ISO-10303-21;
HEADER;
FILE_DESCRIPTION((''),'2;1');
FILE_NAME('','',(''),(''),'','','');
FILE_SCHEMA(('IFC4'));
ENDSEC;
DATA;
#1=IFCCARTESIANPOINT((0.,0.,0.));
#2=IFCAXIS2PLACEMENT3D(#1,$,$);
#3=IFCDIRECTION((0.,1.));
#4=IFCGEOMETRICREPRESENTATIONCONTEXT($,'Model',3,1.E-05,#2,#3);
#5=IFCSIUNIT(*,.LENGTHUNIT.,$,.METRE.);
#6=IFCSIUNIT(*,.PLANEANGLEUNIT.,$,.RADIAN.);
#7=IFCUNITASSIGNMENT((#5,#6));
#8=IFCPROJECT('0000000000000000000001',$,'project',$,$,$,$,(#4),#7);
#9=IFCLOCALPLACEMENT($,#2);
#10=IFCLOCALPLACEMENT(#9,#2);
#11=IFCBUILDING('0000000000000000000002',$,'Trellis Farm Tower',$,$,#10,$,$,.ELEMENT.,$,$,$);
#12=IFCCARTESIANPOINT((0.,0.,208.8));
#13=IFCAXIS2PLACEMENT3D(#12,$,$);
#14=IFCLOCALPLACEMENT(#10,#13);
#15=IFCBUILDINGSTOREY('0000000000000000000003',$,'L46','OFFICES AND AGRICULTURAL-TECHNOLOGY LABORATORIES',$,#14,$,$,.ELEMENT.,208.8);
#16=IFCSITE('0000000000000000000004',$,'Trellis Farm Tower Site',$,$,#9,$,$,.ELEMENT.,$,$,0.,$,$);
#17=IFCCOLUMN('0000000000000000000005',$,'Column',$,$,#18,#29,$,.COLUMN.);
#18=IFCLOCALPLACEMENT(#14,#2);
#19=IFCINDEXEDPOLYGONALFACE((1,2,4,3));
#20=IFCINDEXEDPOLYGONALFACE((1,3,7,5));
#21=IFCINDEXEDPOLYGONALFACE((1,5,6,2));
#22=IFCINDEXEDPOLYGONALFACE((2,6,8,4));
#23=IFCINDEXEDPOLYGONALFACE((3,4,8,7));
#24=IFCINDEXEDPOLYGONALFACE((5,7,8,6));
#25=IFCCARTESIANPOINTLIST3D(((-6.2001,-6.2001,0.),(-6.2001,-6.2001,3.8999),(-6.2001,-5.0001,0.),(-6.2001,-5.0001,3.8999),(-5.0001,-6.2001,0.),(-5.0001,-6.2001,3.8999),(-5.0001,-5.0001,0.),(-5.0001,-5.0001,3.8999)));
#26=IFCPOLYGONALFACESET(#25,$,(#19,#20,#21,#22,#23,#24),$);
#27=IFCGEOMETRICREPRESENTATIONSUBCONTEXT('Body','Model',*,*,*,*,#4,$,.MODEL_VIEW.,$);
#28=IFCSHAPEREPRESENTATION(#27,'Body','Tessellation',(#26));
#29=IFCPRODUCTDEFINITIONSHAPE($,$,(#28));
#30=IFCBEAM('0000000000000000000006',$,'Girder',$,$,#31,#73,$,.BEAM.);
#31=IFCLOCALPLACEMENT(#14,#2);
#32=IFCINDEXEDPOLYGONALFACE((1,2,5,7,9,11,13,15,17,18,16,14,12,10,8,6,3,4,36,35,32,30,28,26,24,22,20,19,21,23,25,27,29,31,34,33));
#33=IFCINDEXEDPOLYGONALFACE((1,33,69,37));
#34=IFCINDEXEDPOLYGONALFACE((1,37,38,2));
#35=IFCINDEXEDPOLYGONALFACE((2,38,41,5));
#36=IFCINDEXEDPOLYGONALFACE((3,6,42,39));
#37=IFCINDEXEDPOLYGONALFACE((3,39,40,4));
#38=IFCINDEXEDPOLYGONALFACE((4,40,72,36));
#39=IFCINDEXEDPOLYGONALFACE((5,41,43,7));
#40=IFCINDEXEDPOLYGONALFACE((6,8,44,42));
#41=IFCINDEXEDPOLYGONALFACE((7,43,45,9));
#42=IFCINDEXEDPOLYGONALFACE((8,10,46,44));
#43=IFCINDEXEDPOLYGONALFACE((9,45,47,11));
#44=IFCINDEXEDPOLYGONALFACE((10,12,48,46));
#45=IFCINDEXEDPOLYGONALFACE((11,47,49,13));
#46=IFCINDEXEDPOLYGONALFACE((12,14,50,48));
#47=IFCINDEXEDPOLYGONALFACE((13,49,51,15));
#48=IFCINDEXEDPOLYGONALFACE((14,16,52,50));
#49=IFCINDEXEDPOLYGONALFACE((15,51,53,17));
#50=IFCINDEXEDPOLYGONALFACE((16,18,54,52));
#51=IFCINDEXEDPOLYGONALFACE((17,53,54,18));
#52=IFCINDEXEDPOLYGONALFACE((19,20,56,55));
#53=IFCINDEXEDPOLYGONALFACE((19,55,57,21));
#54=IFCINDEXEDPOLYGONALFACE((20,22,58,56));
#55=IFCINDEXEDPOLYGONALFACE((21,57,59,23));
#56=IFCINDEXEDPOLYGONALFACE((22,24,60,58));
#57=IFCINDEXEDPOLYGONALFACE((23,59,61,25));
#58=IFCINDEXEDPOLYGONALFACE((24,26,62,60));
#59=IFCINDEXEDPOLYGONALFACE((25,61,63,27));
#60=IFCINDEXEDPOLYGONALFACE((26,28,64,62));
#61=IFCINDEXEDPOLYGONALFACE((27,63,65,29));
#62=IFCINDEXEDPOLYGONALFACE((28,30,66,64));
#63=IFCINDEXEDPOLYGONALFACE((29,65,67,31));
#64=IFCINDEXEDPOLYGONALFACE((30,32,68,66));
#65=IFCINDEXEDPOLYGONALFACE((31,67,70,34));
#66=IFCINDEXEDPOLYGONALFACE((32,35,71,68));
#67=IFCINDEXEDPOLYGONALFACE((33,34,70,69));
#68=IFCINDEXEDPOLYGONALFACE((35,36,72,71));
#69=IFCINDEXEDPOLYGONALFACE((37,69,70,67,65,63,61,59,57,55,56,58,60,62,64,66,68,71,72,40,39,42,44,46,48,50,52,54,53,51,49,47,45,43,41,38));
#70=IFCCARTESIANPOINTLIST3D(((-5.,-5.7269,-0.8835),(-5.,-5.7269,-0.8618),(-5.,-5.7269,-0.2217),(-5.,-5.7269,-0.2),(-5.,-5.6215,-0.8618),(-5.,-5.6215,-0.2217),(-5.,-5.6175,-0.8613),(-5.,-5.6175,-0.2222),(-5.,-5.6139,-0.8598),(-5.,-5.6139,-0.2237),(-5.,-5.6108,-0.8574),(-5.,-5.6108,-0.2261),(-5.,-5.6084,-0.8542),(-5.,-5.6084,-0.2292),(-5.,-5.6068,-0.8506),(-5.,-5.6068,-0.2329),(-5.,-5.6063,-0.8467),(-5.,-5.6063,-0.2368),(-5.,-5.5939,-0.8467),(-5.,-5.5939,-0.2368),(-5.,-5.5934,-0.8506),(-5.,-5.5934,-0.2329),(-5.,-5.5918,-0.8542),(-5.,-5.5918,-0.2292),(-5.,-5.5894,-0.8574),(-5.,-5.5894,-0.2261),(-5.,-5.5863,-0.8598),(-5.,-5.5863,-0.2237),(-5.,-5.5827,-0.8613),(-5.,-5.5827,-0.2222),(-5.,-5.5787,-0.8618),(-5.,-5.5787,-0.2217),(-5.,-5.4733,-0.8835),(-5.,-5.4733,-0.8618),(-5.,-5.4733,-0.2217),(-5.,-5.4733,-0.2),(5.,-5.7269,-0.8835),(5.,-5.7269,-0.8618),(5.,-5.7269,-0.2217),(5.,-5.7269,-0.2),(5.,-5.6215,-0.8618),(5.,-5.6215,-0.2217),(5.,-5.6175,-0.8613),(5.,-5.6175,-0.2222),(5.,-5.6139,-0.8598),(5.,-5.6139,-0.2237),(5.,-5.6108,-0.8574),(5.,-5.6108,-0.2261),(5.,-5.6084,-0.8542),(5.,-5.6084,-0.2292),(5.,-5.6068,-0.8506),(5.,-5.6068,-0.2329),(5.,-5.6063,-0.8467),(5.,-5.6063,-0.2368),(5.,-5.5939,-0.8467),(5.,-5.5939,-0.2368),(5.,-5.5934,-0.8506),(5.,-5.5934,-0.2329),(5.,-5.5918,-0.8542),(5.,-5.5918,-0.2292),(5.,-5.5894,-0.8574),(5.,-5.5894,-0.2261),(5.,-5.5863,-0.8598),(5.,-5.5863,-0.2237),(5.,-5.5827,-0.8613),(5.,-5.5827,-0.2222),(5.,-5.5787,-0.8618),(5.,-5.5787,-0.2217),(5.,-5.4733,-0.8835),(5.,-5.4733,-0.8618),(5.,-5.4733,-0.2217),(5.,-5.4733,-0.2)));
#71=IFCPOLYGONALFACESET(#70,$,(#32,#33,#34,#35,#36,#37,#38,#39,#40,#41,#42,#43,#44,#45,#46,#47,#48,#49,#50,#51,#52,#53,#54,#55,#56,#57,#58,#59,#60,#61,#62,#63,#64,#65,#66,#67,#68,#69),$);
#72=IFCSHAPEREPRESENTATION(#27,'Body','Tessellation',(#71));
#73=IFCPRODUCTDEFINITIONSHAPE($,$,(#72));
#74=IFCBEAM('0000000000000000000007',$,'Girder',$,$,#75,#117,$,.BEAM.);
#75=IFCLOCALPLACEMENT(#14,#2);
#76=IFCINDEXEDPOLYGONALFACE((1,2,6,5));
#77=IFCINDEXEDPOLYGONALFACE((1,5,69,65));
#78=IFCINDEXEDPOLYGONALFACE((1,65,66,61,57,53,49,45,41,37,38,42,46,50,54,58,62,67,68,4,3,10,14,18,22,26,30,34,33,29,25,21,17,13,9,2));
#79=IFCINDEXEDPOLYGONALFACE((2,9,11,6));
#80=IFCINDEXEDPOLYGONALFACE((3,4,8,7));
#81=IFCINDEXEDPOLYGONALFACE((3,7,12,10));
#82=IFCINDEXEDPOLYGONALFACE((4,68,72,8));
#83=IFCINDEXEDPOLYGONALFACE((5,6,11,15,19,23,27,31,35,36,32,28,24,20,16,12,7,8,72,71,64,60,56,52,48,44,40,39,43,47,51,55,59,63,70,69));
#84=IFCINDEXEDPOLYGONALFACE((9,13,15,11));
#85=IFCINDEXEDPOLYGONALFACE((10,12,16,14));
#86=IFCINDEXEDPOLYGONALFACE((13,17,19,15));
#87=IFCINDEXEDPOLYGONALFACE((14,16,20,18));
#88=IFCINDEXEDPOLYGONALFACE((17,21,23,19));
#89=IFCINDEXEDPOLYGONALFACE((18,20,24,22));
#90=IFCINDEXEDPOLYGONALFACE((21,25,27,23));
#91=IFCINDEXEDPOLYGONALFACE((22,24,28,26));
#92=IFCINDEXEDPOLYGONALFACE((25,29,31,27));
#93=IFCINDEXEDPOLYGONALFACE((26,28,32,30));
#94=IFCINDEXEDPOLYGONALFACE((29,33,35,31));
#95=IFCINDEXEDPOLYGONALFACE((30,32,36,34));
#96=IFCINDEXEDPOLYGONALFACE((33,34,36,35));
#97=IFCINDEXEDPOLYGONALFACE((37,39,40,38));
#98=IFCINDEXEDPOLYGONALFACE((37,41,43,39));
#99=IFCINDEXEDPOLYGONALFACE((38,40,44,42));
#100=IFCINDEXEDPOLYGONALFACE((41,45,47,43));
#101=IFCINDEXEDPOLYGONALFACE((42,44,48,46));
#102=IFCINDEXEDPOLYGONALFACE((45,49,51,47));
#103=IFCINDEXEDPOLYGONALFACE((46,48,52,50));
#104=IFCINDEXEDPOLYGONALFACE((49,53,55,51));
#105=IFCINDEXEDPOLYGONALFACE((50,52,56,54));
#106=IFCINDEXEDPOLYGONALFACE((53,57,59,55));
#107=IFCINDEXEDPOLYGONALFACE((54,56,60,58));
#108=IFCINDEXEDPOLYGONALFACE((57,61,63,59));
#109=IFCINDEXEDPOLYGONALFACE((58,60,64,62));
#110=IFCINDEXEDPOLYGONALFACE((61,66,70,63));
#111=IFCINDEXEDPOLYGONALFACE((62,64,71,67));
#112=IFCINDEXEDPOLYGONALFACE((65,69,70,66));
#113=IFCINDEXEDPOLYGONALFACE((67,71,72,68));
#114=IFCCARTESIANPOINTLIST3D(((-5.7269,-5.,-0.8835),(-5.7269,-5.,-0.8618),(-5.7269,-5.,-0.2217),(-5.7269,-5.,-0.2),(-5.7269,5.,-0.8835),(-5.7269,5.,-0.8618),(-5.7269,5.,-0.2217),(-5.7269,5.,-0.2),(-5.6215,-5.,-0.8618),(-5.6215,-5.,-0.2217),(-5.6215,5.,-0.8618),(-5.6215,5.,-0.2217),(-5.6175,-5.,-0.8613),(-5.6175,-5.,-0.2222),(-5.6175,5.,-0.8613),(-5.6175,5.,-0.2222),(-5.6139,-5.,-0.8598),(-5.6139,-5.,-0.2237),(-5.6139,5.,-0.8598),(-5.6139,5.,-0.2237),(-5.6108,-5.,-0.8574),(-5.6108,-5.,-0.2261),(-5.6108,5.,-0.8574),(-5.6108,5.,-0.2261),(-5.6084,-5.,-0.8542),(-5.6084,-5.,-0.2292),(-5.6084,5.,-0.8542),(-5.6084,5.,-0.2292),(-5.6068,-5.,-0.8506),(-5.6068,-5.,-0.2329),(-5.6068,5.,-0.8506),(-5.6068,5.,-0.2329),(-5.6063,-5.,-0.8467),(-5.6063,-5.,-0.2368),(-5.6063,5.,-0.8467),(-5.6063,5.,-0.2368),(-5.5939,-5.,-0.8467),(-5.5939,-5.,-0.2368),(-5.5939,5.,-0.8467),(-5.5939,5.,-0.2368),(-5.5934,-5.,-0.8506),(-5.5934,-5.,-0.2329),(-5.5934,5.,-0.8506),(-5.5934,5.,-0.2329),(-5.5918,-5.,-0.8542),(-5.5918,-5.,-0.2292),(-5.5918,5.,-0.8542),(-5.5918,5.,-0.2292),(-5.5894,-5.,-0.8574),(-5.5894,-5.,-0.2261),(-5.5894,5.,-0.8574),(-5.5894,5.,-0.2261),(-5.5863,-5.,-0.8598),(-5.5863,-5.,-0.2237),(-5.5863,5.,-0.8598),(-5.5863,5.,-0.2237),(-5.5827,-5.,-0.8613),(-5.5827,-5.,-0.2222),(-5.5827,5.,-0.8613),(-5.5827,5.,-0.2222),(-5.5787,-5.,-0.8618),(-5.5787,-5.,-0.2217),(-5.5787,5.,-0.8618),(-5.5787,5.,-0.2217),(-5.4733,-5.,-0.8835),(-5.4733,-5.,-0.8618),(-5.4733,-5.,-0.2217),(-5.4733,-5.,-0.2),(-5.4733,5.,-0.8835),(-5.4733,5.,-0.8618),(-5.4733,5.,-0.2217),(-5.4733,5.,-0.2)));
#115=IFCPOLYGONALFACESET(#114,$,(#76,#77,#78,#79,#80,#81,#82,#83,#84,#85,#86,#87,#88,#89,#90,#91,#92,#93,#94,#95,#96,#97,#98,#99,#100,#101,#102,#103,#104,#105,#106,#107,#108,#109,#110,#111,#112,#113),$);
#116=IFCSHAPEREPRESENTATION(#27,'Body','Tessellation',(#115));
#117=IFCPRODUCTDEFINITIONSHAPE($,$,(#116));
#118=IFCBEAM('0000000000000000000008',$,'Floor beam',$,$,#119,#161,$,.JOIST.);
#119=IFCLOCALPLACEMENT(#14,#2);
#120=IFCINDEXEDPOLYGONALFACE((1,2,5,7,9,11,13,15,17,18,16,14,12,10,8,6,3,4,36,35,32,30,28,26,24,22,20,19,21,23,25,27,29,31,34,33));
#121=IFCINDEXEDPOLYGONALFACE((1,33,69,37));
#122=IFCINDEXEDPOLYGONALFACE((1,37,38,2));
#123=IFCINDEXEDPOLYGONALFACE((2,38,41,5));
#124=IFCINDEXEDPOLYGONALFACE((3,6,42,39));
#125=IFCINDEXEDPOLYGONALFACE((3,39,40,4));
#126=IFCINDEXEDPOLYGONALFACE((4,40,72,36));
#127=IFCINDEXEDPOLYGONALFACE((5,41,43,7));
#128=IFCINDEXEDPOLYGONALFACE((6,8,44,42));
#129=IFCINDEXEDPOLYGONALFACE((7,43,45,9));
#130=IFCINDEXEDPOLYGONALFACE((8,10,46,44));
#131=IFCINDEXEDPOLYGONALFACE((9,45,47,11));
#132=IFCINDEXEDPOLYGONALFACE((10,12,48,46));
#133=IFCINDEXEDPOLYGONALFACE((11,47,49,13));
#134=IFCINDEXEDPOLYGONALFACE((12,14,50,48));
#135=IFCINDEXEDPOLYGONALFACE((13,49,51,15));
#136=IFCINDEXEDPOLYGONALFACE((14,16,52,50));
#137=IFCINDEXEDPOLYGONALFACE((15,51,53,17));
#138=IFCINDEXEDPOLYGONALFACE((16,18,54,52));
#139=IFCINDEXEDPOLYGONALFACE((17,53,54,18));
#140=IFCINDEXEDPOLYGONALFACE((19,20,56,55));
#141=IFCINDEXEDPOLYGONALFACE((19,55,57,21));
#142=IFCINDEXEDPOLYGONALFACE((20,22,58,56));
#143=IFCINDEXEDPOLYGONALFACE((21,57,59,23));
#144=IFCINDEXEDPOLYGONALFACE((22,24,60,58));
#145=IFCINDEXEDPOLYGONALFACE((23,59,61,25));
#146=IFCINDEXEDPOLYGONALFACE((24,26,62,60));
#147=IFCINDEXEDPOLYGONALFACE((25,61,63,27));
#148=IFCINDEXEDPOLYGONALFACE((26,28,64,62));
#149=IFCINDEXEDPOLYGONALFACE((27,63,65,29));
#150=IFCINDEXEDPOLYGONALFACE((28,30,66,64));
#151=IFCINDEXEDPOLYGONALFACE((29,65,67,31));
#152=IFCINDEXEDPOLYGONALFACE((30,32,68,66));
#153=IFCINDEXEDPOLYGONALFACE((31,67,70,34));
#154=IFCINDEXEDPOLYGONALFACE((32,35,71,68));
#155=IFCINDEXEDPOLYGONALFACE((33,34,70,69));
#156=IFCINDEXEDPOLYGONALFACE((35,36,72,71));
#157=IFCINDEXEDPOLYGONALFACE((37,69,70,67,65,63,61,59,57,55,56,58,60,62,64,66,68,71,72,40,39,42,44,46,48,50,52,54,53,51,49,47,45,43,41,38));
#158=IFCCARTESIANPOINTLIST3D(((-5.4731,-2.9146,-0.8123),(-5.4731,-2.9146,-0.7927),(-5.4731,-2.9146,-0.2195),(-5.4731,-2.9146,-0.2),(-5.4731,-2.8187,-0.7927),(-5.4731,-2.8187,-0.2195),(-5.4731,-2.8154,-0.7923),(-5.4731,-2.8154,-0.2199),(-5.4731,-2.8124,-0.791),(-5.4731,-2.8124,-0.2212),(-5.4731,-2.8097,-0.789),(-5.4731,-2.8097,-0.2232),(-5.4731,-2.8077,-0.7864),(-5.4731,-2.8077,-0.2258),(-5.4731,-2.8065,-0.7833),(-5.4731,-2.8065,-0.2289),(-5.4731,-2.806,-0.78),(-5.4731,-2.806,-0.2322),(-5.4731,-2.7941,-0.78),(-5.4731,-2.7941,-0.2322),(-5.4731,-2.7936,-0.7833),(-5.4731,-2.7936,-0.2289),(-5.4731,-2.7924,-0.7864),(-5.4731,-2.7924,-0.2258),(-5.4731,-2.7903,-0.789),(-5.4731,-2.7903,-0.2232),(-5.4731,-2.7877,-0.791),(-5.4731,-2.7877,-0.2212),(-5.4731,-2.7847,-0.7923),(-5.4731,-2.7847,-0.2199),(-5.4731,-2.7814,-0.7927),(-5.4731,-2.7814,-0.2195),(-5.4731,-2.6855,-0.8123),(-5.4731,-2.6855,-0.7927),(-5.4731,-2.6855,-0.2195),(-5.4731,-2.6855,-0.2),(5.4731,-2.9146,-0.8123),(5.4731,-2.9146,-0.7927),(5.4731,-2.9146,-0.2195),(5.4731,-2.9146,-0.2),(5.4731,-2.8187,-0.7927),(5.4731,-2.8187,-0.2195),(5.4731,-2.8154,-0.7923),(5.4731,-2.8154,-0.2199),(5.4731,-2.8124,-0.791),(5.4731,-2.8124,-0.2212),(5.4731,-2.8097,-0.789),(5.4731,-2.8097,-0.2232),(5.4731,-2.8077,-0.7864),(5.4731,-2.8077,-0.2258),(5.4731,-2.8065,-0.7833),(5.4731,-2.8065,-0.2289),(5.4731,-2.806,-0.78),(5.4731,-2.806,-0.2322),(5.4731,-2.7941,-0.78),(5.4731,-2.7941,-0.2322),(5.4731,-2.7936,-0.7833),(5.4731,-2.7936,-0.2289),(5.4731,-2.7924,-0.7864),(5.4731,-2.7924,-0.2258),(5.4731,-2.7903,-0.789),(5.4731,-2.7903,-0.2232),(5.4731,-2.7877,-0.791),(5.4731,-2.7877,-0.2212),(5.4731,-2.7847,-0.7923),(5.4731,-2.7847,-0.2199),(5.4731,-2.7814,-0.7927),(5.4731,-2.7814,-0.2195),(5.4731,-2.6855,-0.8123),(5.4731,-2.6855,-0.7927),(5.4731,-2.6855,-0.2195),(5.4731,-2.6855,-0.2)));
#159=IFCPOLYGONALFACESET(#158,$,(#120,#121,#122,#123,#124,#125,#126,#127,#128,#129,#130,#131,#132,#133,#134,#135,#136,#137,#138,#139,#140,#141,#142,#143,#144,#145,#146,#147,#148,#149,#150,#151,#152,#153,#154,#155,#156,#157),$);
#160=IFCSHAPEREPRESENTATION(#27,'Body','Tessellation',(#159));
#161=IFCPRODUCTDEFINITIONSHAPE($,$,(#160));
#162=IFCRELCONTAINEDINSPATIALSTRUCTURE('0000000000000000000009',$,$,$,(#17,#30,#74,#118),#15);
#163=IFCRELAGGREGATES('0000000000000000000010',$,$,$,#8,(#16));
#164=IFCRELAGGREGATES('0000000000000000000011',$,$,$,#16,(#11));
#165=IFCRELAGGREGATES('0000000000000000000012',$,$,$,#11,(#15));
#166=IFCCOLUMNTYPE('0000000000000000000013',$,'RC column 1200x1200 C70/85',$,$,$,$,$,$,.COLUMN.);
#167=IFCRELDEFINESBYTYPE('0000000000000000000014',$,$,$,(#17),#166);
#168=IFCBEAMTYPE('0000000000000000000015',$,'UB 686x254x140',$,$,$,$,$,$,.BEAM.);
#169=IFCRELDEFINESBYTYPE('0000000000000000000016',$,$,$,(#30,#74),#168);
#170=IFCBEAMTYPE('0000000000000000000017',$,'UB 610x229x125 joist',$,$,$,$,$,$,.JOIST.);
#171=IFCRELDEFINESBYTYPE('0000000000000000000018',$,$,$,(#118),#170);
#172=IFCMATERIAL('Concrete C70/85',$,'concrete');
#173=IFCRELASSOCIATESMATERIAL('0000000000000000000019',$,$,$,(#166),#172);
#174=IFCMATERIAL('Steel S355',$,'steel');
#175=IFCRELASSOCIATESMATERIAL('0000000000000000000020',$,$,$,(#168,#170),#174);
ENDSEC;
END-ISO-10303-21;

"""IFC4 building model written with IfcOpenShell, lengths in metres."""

from ifc_helpers import new_model, si_unit, direction, frame, origin, origin_2d, place, context, subcontext, project, spatial, rectangle, i_section, extrude, source, transform, mapped, material, material_profile, profile_set, type_object, element, save


model = new_model("IFC4")

# Units and contexts
model_context = context("Model", 3, precision=1e-05, world=origin(), true_north=direction((0.0, 1.0)))
body_context = subcontext(model_context, "Body", "Model", "MODEL_VIEW")
ifc_project = project(units=[si_unit("LENGTHUNIT", "METRE"), si_unit("PLANEANGLEUNIT", "RADIAN")], contexts=[model_context])

# Site, building, storey
site_placement = place(None, origin())
site = spatial("IfcSite", under=ifc_project, at=site_placement, Name="Trellis Farm Tower Site", CompositionType="ELEMENT", RefElevation=0.0)
building_placement = place(site_placement, origin())
building = spatial("IfcBuilding", under=site, at=building_placement, Name="Trellis Farm Tower", CompositionType="ELEMENT")
storey_placement = place(building_placement, frame((0.0, 0.0, 208.8)))
storey = spatial("IfcBuildingStorey", under=building, at=storey_placement, Name="L46", Description="OFFICES AND AGRICULTURAL-TECHNOLOGY LABORATORIES", CompositionType="ELEMENT", Elevation=208.8)

# Column
ifc_material_1 = material(Name="Concrete C70/85", Category="concrete")
ifc_material_profile_1 = material_profile(ifc_material_1, rectangle(XDim=1.2, YDim=1.2, at=origin_2d()), Name="RC column 1200x1200 C70/85")
ifc_profile_set_1 = profile_set([ifc_material_profile_1], Name="Concrete C70/85")
column_type = type_object("IfcColumnType", Name="RC column 1200x1200 C70/85", PredefinedType="COLUMN", material=ifc_profile_set_1)
shared_shape_1 = source(origin(), body_context, "Body", "SweptSolid", [
    extrude(rectangle(XDim=1.2, YDim=1.2, at=origin_2d()), origin(), (0.0, 0.0, 1.0), 3.8999),
])
column_placement = place(storey_placement, frame((-5.6001, -5.6001, 0.0), z_axis=(0.0, 0.0, 1.0), x_axis=(1.0, 0.0, 0.0)))
element("IfcColumn", 1, at=column_placement, inside=storey, type_object=column_type, Name="Column", PredefinedType="COLUMN", context=body_context, shape_type="MappedRepresentation", body=[
    mapped(shared_shape_1, transform((0.0, 0.0, 0.0))),
])

# Beams
ifc_material_2 = material(Name="Steel S355", Category="steel")
ifc_material_profile_2 = material_profile(ifc_material_2, i_section(OverallWidth=0.2537, OverallDepth=0.6836, WebThickness=0.0125, FlangeThickness=0.0217, FilletRadius=0.0151, at=origin_2d()), Name="UB 686x254x140")
ifc_profile_set_2 = profile_set([ifc_material_profile_2], Name="Steel S355")
beam_type_1 = type_object("IfcBeamType", Name="UB 686x254x140", PredefinedType="BEAM", material=ifc_profile_set_2)
shared_shape_2 = source(origin(), body_context, "Body", "SweptSolid", [
    extrude(i_section(OverallWidth=0.2537, OverallDepth=0.6836, WebThickness=0.0125, FlangeThickness=0.0217, FilletRadius=0.0151, at=origin_2d()), origin(), (0.0, 0.0, 1.0), 10.0),
])
for number, where, z_axis, x_axis, name in (
    (2, (-5.0, -5.6001, -0.5417), (1.0, 0.0, 0.0), (0.0, 1.0, 0.0), "Girder"),
    (3, (-5.6001, -5.0, -0.5417), (0.0, 1.0, 0.0), (-1.0, 0.0, 0.0), "Girder"),
):
    element("IfcBeam", number, at=place(storey_placement, frame(where, z_axis=z_axis, x_axis=x_axis)), inside=storey, type_object=beam_type_1, Name=name, PredefinedType="BEAM", context=body_context, shape_type="MappedRepresentation", body=[
        mapped(shared_shape_2, transform((0.0, 0.0, 0.0))),
    ])
ifc_material_profile_3 = material_profile(ifc_material_2, i_section(OverallWidth=0.229, OverallDepth=0.6123, WebThickness=0.012, FlangeThickness=0.0195, FilletRadius=0.0127, at=origin_2d()), Name="UB 610x229x125")
ifc_profile_set_3 = profile_set([ifc_material_profile_3], Name="Steel S355")
beam_type_2 = type_object("IfcBeamType", Name="UB 610x229x125 joist", PredefinedType="JOIST", material=ifc_profile_set_3)
shared_shape_3 = source(origin(), body_context, "Body", "SweptSolid", [
    extrude(i_section(OverallWidth=0.229, OverallDepth=0.6123, WebThickness=0.012, FlangeThickness=0.0195, FilletRadius=0.0127, at=origin_2d()), origin(), (0.0, 0.0, 1.0), 10.9463),
])
for number, where, z_axis, x_axis, name in (
    (4, (-5.4731, -2.8, -0.5061), (1.0, 0.0, 0.0), (0.0, 1.0, 0.0), "Floor beam"),
):
    element("IfcBeam", number, at=place(storey_placement, frame(where, z_axis=z_axis, x_axis=x_axis)), inside=storey, type_object=beam_type_2, Name=name, PredefinedType="JOIST", context=body_context, shape_type="MappedRepresentation", body=[
        mapped(shared_shape_3, transform((0.0, 0.0, 0.0))),
    ])

save(model, "model.ifc")
